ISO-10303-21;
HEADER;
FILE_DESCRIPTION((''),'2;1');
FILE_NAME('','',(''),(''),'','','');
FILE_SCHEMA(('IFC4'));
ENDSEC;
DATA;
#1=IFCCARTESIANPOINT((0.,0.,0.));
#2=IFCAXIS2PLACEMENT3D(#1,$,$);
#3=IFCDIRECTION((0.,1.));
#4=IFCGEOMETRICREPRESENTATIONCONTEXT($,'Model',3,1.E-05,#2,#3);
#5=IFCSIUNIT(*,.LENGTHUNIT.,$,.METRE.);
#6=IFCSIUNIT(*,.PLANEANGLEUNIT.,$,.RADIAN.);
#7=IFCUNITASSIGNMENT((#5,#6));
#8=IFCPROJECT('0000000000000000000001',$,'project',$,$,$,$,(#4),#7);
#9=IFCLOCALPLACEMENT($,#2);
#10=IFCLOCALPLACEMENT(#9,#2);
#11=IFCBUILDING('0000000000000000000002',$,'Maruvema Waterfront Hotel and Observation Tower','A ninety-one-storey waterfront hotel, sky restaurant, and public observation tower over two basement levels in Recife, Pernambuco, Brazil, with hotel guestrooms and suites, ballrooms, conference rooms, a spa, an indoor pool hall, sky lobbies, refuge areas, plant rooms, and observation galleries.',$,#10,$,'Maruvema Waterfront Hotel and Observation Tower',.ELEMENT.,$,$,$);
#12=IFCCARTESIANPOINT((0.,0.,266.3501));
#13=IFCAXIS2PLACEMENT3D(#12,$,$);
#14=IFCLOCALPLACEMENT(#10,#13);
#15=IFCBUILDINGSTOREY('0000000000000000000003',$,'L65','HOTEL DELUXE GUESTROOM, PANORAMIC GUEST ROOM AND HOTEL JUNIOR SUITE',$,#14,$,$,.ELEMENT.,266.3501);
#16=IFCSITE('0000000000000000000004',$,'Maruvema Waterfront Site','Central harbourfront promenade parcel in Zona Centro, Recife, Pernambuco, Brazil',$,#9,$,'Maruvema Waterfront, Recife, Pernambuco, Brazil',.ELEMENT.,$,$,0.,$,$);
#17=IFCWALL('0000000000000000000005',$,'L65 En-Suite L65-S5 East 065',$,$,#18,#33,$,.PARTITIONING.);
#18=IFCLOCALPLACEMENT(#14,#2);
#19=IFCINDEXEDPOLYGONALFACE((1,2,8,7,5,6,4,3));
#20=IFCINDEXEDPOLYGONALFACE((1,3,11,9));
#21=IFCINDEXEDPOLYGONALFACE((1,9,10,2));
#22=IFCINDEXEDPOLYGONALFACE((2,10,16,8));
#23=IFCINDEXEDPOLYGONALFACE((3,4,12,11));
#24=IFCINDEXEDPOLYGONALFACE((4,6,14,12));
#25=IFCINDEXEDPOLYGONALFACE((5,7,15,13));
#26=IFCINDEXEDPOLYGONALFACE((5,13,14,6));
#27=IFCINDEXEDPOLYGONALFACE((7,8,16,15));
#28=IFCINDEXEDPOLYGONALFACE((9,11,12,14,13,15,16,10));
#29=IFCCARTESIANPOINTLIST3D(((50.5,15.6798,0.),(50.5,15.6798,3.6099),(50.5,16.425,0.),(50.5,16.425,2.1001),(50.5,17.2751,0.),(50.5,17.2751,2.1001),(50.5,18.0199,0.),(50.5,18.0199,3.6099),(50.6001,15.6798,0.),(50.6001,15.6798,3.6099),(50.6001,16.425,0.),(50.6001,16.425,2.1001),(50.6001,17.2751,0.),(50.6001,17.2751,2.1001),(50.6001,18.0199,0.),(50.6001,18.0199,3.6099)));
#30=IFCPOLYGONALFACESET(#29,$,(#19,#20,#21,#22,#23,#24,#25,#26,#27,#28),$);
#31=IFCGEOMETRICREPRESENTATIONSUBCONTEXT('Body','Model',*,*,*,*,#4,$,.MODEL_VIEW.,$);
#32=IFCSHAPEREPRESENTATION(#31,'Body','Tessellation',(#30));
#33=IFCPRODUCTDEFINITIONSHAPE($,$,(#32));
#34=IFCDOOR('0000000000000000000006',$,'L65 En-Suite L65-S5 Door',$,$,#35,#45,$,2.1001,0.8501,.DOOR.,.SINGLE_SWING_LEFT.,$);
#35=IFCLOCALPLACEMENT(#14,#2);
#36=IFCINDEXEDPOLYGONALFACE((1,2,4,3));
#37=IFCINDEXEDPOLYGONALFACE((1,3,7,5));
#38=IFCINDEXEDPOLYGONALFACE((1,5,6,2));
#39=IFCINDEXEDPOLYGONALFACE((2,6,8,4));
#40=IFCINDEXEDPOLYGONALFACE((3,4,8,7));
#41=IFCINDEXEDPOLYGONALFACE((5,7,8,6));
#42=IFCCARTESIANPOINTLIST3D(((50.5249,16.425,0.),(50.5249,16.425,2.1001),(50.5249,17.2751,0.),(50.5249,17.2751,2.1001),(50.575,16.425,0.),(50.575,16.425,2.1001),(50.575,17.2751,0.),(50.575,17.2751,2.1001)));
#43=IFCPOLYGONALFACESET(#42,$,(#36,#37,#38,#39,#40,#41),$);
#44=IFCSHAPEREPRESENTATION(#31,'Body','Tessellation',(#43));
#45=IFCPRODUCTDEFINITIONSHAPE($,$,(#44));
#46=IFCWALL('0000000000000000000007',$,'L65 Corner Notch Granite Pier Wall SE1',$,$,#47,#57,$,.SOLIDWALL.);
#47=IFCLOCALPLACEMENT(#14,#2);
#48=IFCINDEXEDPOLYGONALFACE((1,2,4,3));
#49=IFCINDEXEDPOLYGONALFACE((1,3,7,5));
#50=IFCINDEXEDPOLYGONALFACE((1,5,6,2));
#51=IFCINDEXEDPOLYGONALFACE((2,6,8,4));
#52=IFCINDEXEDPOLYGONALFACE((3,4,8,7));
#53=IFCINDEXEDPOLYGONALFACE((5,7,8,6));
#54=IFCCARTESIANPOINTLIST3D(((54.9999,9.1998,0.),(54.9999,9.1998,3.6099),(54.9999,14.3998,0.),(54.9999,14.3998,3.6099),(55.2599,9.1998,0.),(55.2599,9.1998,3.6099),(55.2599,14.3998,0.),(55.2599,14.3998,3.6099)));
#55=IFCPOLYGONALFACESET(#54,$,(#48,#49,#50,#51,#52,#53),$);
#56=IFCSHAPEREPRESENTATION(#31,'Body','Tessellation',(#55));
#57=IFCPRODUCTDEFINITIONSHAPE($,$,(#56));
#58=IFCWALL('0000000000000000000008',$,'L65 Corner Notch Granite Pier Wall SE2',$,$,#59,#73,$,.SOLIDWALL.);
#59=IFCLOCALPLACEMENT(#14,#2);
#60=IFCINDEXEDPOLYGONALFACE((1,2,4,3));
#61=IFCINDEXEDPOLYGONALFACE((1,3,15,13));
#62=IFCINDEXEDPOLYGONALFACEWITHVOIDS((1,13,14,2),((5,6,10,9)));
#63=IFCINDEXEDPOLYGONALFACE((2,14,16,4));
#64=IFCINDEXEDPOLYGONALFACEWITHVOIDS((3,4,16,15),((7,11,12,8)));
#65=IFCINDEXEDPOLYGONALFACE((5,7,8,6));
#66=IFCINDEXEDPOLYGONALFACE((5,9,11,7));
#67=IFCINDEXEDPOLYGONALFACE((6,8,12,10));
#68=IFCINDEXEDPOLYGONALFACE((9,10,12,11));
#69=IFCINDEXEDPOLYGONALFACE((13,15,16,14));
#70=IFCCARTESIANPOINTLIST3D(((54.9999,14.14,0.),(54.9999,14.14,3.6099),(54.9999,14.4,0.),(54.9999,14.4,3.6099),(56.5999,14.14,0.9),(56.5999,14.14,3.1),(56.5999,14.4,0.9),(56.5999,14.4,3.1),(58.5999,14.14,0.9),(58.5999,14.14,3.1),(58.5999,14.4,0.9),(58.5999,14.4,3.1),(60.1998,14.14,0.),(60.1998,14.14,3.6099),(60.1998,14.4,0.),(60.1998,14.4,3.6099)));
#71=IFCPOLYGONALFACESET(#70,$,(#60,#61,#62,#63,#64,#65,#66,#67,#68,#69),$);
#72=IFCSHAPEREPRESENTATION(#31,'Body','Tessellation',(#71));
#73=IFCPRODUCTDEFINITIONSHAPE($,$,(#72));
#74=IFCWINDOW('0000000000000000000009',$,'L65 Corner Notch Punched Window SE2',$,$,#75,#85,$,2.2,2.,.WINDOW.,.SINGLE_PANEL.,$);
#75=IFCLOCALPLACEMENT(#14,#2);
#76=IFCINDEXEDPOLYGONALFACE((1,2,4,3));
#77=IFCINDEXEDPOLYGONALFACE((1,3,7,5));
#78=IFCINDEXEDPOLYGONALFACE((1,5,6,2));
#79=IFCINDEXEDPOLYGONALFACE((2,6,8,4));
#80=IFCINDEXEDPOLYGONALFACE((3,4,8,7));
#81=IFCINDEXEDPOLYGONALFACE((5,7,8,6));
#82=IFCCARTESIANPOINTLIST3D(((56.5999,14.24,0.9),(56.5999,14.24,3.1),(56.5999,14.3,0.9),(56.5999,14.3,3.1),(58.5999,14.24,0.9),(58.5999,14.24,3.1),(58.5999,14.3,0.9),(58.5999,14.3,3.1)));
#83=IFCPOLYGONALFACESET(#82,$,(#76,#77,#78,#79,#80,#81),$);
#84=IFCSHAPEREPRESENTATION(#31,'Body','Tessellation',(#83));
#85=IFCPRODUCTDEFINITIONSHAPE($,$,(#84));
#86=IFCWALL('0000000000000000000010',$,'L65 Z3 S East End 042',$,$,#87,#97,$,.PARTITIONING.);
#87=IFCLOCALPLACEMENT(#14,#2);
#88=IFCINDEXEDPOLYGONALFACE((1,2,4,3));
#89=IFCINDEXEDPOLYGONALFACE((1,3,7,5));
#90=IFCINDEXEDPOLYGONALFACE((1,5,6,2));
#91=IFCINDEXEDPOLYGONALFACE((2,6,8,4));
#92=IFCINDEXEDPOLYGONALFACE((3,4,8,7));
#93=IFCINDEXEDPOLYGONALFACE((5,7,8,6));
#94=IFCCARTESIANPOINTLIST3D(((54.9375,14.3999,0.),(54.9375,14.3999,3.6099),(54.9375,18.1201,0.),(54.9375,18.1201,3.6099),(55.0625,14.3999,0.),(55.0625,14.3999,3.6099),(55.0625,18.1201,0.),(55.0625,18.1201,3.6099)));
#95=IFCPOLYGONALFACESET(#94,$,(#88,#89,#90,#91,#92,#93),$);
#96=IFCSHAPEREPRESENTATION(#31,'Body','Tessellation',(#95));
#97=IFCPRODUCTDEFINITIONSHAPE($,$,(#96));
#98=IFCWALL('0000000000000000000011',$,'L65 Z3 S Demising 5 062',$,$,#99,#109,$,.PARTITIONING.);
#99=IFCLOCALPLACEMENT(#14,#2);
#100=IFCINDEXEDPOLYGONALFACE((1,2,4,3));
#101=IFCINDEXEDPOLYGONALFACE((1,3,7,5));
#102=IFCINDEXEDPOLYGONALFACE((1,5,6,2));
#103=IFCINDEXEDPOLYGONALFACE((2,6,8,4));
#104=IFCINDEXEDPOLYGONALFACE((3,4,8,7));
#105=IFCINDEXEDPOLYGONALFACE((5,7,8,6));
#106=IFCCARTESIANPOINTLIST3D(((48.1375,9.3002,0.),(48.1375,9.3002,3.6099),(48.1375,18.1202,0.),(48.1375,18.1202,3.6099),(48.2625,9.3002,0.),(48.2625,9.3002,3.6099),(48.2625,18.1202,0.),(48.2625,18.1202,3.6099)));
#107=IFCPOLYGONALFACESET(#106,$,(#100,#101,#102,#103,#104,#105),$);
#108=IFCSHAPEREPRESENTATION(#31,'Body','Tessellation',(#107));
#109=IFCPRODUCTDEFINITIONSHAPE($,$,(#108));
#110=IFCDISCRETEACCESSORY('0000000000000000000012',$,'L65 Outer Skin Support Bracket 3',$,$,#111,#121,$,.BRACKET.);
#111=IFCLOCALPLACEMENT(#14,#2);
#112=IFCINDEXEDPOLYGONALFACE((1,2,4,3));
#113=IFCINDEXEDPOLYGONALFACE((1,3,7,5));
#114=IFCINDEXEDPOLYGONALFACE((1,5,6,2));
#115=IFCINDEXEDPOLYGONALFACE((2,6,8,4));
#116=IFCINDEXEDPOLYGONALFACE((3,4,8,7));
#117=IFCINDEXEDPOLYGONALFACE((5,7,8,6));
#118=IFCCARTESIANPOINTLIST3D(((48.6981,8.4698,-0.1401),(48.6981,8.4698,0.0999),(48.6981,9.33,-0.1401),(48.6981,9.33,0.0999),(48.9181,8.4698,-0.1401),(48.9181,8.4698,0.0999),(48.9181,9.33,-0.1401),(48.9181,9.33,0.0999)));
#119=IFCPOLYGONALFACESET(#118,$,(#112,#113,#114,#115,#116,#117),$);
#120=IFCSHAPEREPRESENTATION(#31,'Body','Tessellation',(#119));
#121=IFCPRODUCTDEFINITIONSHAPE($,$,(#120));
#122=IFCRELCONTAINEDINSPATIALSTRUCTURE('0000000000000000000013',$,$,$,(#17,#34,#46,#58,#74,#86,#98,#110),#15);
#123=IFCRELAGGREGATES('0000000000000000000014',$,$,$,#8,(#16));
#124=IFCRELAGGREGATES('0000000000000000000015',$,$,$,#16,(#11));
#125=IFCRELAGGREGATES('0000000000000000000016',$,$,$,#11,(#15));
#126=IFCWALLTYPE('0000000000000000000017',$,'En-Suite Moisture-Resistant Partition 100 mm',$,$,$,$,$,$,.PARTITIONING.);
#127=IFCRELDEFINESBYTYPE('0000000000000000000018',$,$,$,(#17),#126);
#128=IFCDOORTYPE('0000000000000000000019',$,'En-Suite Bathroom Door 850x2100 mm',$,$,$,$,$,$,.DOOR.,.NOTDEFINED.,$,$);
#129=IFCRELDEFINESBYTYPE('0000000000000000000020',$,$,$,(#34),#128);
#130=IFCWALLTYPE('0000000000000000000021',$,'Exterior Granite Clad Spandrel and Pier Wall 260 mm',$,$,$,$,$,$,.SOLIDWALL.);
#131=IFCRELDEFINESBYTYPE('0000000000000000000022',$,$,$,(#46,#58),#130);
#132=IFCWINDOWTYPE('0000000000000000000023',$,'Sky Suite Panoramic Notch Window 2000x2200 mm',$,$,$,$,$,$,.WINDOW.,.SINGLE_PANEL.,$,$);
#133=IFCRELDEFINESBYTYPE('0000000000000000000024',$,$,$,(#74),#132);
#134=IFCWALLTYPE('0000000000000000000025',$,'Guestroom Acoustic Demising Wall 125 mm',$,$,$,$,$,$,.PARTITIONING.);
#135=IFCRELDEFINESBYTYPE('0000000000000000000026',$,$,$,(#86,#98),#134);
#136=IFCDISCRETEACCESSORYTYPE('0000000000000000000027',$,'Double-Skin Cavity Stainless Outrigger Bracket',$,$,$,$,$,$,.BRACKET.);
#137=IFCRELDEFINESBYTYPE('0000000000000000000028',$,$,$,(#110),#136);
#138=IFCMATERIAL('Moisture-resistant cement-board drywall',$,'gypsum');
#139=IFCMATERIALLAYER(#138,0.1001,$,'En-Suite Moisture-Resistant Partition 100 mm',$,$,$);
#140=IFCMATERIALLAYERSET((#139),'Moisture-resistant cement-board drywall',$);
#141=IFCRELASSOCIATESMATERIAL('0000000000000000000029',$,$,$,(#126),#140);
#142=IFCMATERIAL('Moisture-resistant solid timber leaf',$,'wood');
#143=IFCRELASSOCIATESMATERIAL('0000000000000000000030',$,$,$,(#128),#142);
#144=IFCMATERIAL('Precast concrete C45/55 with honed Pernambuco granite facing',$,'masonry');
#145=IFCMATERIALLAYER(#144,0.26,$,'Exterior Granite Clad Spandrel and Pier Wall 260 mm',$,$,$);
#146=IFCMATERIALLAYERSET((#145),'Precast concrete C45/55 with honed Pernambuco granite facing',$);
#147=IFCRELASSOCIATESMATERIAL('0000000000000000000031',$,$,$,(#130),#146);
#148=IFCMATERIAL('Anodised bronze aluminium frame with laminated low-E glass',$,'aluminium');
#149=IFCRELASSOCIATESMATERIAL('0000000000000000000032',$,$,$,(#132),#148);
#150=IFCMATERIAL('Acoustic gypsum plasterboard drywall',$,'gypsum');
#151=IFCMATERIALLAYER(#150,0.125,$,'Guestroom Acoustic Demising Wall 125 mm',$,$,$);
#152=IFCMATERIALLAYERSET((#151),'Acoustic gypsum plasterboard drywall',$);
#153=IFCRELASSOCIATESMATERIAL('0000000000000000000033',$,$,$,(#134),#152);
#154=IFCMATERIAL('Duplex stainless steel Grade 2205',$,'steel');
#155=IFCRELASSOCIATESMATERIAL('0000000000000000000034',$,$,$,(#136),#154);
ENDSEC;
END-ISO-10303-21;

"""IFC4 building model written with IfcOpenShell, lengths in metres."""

from ifc_helpers import new_model, si_unit, direction, frame, frame_2d, origin, origin_2d, place, context, subcontext, project, spatial, rectangle, extrude, material, layer, layer_set, type_object, element, fill, save


model = new_model("IFC4")

# Units and contexts
model_context = context("Model", 3, precision=1e-05, world=origin(), true_north=direction((0.0, 1.0)))
body_context = subcontext(model_context, "Body", "Model", "MODEL_VIEW")
ifc_project = project(units=[si_unit("LENGTHUNIT", "METRE"), si_unit("PLANEANGLEUNIT", "RADIAN")], contexts=[model_context])

# Site, building, storey
site_placement = place(None, origin())
site = spatial("IfcSite", under=ifc_project, at=site_placement, Name="Maruvema Waterfront Site", Description="Central harbourfront promenade parcel in Zona Centro, Recife, Pernambuco, Brazil", LongName="Maruvema Waterfront, Recife, Pernambuco, Brazil", CompositionType="ELEMENT", RefElevation=0.0)
building_placement = place(site_placement, origin())
building = spatial("IfcBuilding", under=site, at=building_placement, Name="Maruvema Waterfront Hotel and Observation Tower", Description="A ninety-one-storey waterfront hotel, sky restaurant, and public observation tower over two basement levels in Recife, Pernambuco, Brazil, with hotel guestrooms and suites, ballrooms, conference rooms, a spa, an indoor pool hall, sky lobbies, refuge areas, plant rooms, and observation galleries.", LongName="Maruvema Waterfront Hotel and Observation Tower", CompositionType="ELEMENT")
storey_placement = place(building_placement, frame((0.0, 0.0, 266.3501)))
storey = spatial("IfcBuildingStorey", under=building, at=storey_placement, Name="L65", Description="HOTEL DELUXE GUESTROOM, PANORAMIC GUEST ROOM AND HOTEL JUNIOR SUITE", CompositionType="ELEMENT", Elevation=266.3501)

# Shared definitions
ifc_material_1 = material(Name="Moisture-resistant cement-board drywall", Category="gypsum")
ifc_layer_1 = layer(ifc_material_1, 0.1001, Name="En-Suite Moisture-Resistant Partition 100 mm")
ifc_layer_set_1 = layer_set([ifc_layer_1], Name="Moisture-resistant cement-board drywall")
wall_type_1 = type_object("IfcWallType", Name="En-Suite Moisture-Resistant Partition 100 mm", PredefinedType="PARTITIONING", material=ifc_layer_set_1)

# Wall, opening, door
wall_1_placement = place(storey_placement, frame((50.55, 15.6799, 0.0), z_axis=(0.0, 0.0, 1.0), x_axis=(0.0, 1.0, 0.0)))
wall_1 = element("IfcWall", 1, at=wall_1_placement, inside=storey, type_object=wall_type_1, Name="L65 En-Suite L65-S5 East 065", PredefinedType="PARTITIONING", context=body_context, shape_type="SweptSolid", body=[
    extrude(rectangle(XDim=2.3401, YDim=0.1001, at=frame_2d((1.1699, 0.0))), origin(), (0.0, 0.0, 1.0), 3.6099),
])
opening_1_placement = place(wall_1_placement, frame((0.7451, 0.0, 0.0)))
opening_1 = element("IfcOpeningElement", 2, at=opening_1_placement, cuts=wall_1, PredefinedType="OPENING", context=body_context, shape_type="SweptSolid", body=[
    extrude(rectangle(XDim=0.8501, YDim=2.1001, at=frame_2d((0.425, 1.05))), frame((0.0, 0.0601, 0.0), z_axis=(0.0, -1.0, 0.0), x_axis=(1.0, 0.0, 0.0)), (0.0, 0.0, 1.0), 0.1201),
])
ifc_material_2 = material(Name="Moisture-resistant solid timber leaf", Category="wood")
door_type = type_object("IfcDoorType", Name="En-Suite Bathroom Door 850x2100 mm", OperationType="NOTDEFINED", PredefinedType="DOOR", material=ifc_material_2)
door_placement = place(opening_1_placement, frame((0.8501, 0.0, 0.0), z_axis=(0.0, 0.0, 1.0), x_axis=(-1.0, 0.0, 0.0)))
door = element("IfcDoor", 3, at=door_placement, inside=storey, type_object=door_type, Name="L65 En-Suite L65-S5 Door", OperationType="SINGLE_SWING_LEFT", OverallHeight=2.1001, OverallWidth=0.8501, PredefinedType="DOOR", context=body_context, shape_type="SweptSolid", body=[
    extrude(rectangle(XDim=0.8501, YDim=2.1001, at=frame_2d((0.425, 1.05))), frame((0.0, 0.0249, 0.0), z_axis=(0.0, -1.0, 0.0), x_axis=(1.0, 0.0, 0.0)), (0.0, 0.0, 1.0), 0.05),
])
fill(opening_1, door)

# Wall
ifc_material_3 = material(Name="Precast concrete C45/55 with honed Pernambuco granite facing", Category="masonry")
ifc_layer_2 = layer(ifc_material_3, 0.26, Name="Exterior Granite Clad Spandrel and Pier Wall 260 mm")
ifc_layer_set_2 = layer_set([ifc_layer_2], Name="Precast concrete C45/55 with honed Pernambuco granite facing")
wall_type_2 = type_object("IfcWallType", Name="Exterior Granite Clad Spandrel and Pier Wall 260 mm", PredefinedType="SOLIDWALL", material=ifc_layer_set_2)
wall_2_placement = place(storey_placement, frame((55.1299, 14.3999, 0.0), z_axis=(0.0, 0.0, 1.0), x_axis=(0.0, -1.0, 0.0)))
element("IfcWall", 4, at=wall_2_placement, inside=storey, type_object=wall_type_2, Name="L65 Corner Notch Granite Pier Wall SE1", PredefinedType="SOLIDWALL", context=body_context, shape_type="SweptSolid", body=[
    extrude(rectangle(XDim=5.2, YDim=0.26, at=frame_2d((2.6001, 0.0))), origin(), (0.0, 0.0, 1.0), 3.6099),
])

# Wall, opening, window
wall_3_placement = place(storey_placement, frame((60.2, 14.27, 0.0), z_axis=(0.0, 0.0, 1.0), x_axis=(-1.0, 0.0, 0.0)))
wall_3 = element("IfcWall", 5, at=wall_3_placement, inside=storey, type_object=wall_type_2, Name="L65 Corner Notch Granite Pier Wall SE2", PredefinedType="SOLIDWALL", context=body_context, shape_type="SweptSolid", body=[
    extrude(rectangle(XDim=5.2, YDim=0.26, at=frame_2d((2.6001, 0.0))), origin(), (0.0, 0.0, 1.0), 3.6099),
])
opening_2_placement = place(wall_3_placement, frame((1.6001, 0.0, 0.8999)))
opening_2 = element("IfcOpeningElement", 6, at=opening_2_placement, cuts=wall_3, PredefinedType="OPENING", context=body_context, shape_type="SweptSolid", body=[
    extrude(rectangle(XDim=2.0, YDim=2.2, at=frame_2d((1.0, 1.1001))), frame((0.0, 0.1401, 0.0), z_axis=(0.0, -1.0, 0.0), x_axis=(1.0, 0.0, 0.0)), (0.0, 0.0, 1.0), 0.28),
])
ifc_material_4 = material(Name="Anodised bronze aluminium frame with laminated low-E glass", Category="aluminium")
window_type = type_object("IfcWindowType", Name="Sky Suite Panoramic Notch Window 2000x2200 mm", PartitioningType="SINGLE_PANEL", PredefinedType="WINDOW", material=ifc_material_4)
window_placement = place(opening_2_placement, origin())
window = element("IfcWindow", 7, at=window_placement, inside=storey, type_object=window_type, Name="L65 Corner Notch Punched Window SE2", OverallHeight=2.2, OverallWidth=2.0, PartitioningType="SINGLE_PANEL", PredefinedType="WINDOW", context=body_context, shape_type="SweptSolid", body=[
    extrude(rectangle(XDim=2.0, YDim=2.2, at=frame_2d((1.0, 1.1001))), frame((0.0, 0.03, 0.0), z_axis=(0.0, -1.0, 0.0), x_axis=(1.0, 0.0, 0.0)), (0.0, 0.0, 1.0), 0.0601),
])
fill(opening_2, window)

# Walls
ifc_material_5 = material(Name="Acoustic gypsum plasterboard drywall", Category="gypsum")
ifc_layer_3 = layer(ifc_material_5, 0.125, Name="Guestroom Acoustic Demising Wall 125 mm")
ifc_layer_set_3 = layer_set([ifc_layer_3], Name="Acoustic gypsum plasterboard drywall")
wall_type_3 = type_object("IfcWallType", Name="Guestroom Acoustic Demising Wall 125 mm", PredefinedType="PARTITIONING", material=ifc_layer_set_3)
wall_4_placement = place(storey_placement, frame((55.0, 14.3999, 0.0), z_axis=(0.0, 0.0, 1.0), x_axis=(0.0, 1.0, 0.0)))
element("IfcWall", 8, at=wall_4_placement, inside=storey, type_object=wall_type_3, Name="L65 Z3 S East End 042", PredefinedType="PARTITIONING", context=body_context, shape_type="SweptSolid", body=[
    extrude(rectangle(XDim=3.7202, YDim=0.125, at=frame_2d((1.8601, 0.0))), origin(), (0.0, 0.0, 1.0), 3.6099),
])
wall_5_placement = place(storey_placement, frame((48.2, 9.3, 0.0), z_axis=(0.0, 0.0, 1.0), x_axis=(0.0, 1.0, 0.0)))
element("IfcWall", 9, at=wall_5_placement, inside=storey, type_object=wall_type_3, Name="L65 Z3 S Demising 5 062", PredefinedType="PARTITIONING", context=body_context, shape_type="SweptSolid", body=[
    extrude(rectangle(XDim=8.8201, YDim=0.125, at=frame_2d((4.4102, 0.0))), origin(), (0.0, 0.0, 1.0), 3.6099),
])

# Discrete accessory
ifc_material_6 = material(Name="Duplex stainless steel Grade 2205", Category="steel")
discrete_accessory_type = type_object("IfcDiscreteAccessoryType", Name="Double-Skin Cavity Stainless Outrigger Bracket", PredefinedType="BRACKET", material=ifc_material_6)
discrete_accessory_placement = place(storey_placement, frame((48.8081, 8.8999, -0.1401), z_axis=(0.0, 0.0, 1.0), x_axis=(1.0, 0.0, 0.0)))
element("IfcDiscreteAccessory", 10, at=discrete_accessory_placement, inside=storey, type_object=discrete_accessory_type, Name="L65 Outer Skin Support Bracket 3", PredefinedType="BRACKET", context=body_context, shape_type="SweptSolid", body=[
    extrude(rectangle(XDim=0.22, YDim=0.8601, at=origin_2d()), origin(), (0.0, 0.0, 1.0), 0.24),
])

save(model, "model.ifc")
